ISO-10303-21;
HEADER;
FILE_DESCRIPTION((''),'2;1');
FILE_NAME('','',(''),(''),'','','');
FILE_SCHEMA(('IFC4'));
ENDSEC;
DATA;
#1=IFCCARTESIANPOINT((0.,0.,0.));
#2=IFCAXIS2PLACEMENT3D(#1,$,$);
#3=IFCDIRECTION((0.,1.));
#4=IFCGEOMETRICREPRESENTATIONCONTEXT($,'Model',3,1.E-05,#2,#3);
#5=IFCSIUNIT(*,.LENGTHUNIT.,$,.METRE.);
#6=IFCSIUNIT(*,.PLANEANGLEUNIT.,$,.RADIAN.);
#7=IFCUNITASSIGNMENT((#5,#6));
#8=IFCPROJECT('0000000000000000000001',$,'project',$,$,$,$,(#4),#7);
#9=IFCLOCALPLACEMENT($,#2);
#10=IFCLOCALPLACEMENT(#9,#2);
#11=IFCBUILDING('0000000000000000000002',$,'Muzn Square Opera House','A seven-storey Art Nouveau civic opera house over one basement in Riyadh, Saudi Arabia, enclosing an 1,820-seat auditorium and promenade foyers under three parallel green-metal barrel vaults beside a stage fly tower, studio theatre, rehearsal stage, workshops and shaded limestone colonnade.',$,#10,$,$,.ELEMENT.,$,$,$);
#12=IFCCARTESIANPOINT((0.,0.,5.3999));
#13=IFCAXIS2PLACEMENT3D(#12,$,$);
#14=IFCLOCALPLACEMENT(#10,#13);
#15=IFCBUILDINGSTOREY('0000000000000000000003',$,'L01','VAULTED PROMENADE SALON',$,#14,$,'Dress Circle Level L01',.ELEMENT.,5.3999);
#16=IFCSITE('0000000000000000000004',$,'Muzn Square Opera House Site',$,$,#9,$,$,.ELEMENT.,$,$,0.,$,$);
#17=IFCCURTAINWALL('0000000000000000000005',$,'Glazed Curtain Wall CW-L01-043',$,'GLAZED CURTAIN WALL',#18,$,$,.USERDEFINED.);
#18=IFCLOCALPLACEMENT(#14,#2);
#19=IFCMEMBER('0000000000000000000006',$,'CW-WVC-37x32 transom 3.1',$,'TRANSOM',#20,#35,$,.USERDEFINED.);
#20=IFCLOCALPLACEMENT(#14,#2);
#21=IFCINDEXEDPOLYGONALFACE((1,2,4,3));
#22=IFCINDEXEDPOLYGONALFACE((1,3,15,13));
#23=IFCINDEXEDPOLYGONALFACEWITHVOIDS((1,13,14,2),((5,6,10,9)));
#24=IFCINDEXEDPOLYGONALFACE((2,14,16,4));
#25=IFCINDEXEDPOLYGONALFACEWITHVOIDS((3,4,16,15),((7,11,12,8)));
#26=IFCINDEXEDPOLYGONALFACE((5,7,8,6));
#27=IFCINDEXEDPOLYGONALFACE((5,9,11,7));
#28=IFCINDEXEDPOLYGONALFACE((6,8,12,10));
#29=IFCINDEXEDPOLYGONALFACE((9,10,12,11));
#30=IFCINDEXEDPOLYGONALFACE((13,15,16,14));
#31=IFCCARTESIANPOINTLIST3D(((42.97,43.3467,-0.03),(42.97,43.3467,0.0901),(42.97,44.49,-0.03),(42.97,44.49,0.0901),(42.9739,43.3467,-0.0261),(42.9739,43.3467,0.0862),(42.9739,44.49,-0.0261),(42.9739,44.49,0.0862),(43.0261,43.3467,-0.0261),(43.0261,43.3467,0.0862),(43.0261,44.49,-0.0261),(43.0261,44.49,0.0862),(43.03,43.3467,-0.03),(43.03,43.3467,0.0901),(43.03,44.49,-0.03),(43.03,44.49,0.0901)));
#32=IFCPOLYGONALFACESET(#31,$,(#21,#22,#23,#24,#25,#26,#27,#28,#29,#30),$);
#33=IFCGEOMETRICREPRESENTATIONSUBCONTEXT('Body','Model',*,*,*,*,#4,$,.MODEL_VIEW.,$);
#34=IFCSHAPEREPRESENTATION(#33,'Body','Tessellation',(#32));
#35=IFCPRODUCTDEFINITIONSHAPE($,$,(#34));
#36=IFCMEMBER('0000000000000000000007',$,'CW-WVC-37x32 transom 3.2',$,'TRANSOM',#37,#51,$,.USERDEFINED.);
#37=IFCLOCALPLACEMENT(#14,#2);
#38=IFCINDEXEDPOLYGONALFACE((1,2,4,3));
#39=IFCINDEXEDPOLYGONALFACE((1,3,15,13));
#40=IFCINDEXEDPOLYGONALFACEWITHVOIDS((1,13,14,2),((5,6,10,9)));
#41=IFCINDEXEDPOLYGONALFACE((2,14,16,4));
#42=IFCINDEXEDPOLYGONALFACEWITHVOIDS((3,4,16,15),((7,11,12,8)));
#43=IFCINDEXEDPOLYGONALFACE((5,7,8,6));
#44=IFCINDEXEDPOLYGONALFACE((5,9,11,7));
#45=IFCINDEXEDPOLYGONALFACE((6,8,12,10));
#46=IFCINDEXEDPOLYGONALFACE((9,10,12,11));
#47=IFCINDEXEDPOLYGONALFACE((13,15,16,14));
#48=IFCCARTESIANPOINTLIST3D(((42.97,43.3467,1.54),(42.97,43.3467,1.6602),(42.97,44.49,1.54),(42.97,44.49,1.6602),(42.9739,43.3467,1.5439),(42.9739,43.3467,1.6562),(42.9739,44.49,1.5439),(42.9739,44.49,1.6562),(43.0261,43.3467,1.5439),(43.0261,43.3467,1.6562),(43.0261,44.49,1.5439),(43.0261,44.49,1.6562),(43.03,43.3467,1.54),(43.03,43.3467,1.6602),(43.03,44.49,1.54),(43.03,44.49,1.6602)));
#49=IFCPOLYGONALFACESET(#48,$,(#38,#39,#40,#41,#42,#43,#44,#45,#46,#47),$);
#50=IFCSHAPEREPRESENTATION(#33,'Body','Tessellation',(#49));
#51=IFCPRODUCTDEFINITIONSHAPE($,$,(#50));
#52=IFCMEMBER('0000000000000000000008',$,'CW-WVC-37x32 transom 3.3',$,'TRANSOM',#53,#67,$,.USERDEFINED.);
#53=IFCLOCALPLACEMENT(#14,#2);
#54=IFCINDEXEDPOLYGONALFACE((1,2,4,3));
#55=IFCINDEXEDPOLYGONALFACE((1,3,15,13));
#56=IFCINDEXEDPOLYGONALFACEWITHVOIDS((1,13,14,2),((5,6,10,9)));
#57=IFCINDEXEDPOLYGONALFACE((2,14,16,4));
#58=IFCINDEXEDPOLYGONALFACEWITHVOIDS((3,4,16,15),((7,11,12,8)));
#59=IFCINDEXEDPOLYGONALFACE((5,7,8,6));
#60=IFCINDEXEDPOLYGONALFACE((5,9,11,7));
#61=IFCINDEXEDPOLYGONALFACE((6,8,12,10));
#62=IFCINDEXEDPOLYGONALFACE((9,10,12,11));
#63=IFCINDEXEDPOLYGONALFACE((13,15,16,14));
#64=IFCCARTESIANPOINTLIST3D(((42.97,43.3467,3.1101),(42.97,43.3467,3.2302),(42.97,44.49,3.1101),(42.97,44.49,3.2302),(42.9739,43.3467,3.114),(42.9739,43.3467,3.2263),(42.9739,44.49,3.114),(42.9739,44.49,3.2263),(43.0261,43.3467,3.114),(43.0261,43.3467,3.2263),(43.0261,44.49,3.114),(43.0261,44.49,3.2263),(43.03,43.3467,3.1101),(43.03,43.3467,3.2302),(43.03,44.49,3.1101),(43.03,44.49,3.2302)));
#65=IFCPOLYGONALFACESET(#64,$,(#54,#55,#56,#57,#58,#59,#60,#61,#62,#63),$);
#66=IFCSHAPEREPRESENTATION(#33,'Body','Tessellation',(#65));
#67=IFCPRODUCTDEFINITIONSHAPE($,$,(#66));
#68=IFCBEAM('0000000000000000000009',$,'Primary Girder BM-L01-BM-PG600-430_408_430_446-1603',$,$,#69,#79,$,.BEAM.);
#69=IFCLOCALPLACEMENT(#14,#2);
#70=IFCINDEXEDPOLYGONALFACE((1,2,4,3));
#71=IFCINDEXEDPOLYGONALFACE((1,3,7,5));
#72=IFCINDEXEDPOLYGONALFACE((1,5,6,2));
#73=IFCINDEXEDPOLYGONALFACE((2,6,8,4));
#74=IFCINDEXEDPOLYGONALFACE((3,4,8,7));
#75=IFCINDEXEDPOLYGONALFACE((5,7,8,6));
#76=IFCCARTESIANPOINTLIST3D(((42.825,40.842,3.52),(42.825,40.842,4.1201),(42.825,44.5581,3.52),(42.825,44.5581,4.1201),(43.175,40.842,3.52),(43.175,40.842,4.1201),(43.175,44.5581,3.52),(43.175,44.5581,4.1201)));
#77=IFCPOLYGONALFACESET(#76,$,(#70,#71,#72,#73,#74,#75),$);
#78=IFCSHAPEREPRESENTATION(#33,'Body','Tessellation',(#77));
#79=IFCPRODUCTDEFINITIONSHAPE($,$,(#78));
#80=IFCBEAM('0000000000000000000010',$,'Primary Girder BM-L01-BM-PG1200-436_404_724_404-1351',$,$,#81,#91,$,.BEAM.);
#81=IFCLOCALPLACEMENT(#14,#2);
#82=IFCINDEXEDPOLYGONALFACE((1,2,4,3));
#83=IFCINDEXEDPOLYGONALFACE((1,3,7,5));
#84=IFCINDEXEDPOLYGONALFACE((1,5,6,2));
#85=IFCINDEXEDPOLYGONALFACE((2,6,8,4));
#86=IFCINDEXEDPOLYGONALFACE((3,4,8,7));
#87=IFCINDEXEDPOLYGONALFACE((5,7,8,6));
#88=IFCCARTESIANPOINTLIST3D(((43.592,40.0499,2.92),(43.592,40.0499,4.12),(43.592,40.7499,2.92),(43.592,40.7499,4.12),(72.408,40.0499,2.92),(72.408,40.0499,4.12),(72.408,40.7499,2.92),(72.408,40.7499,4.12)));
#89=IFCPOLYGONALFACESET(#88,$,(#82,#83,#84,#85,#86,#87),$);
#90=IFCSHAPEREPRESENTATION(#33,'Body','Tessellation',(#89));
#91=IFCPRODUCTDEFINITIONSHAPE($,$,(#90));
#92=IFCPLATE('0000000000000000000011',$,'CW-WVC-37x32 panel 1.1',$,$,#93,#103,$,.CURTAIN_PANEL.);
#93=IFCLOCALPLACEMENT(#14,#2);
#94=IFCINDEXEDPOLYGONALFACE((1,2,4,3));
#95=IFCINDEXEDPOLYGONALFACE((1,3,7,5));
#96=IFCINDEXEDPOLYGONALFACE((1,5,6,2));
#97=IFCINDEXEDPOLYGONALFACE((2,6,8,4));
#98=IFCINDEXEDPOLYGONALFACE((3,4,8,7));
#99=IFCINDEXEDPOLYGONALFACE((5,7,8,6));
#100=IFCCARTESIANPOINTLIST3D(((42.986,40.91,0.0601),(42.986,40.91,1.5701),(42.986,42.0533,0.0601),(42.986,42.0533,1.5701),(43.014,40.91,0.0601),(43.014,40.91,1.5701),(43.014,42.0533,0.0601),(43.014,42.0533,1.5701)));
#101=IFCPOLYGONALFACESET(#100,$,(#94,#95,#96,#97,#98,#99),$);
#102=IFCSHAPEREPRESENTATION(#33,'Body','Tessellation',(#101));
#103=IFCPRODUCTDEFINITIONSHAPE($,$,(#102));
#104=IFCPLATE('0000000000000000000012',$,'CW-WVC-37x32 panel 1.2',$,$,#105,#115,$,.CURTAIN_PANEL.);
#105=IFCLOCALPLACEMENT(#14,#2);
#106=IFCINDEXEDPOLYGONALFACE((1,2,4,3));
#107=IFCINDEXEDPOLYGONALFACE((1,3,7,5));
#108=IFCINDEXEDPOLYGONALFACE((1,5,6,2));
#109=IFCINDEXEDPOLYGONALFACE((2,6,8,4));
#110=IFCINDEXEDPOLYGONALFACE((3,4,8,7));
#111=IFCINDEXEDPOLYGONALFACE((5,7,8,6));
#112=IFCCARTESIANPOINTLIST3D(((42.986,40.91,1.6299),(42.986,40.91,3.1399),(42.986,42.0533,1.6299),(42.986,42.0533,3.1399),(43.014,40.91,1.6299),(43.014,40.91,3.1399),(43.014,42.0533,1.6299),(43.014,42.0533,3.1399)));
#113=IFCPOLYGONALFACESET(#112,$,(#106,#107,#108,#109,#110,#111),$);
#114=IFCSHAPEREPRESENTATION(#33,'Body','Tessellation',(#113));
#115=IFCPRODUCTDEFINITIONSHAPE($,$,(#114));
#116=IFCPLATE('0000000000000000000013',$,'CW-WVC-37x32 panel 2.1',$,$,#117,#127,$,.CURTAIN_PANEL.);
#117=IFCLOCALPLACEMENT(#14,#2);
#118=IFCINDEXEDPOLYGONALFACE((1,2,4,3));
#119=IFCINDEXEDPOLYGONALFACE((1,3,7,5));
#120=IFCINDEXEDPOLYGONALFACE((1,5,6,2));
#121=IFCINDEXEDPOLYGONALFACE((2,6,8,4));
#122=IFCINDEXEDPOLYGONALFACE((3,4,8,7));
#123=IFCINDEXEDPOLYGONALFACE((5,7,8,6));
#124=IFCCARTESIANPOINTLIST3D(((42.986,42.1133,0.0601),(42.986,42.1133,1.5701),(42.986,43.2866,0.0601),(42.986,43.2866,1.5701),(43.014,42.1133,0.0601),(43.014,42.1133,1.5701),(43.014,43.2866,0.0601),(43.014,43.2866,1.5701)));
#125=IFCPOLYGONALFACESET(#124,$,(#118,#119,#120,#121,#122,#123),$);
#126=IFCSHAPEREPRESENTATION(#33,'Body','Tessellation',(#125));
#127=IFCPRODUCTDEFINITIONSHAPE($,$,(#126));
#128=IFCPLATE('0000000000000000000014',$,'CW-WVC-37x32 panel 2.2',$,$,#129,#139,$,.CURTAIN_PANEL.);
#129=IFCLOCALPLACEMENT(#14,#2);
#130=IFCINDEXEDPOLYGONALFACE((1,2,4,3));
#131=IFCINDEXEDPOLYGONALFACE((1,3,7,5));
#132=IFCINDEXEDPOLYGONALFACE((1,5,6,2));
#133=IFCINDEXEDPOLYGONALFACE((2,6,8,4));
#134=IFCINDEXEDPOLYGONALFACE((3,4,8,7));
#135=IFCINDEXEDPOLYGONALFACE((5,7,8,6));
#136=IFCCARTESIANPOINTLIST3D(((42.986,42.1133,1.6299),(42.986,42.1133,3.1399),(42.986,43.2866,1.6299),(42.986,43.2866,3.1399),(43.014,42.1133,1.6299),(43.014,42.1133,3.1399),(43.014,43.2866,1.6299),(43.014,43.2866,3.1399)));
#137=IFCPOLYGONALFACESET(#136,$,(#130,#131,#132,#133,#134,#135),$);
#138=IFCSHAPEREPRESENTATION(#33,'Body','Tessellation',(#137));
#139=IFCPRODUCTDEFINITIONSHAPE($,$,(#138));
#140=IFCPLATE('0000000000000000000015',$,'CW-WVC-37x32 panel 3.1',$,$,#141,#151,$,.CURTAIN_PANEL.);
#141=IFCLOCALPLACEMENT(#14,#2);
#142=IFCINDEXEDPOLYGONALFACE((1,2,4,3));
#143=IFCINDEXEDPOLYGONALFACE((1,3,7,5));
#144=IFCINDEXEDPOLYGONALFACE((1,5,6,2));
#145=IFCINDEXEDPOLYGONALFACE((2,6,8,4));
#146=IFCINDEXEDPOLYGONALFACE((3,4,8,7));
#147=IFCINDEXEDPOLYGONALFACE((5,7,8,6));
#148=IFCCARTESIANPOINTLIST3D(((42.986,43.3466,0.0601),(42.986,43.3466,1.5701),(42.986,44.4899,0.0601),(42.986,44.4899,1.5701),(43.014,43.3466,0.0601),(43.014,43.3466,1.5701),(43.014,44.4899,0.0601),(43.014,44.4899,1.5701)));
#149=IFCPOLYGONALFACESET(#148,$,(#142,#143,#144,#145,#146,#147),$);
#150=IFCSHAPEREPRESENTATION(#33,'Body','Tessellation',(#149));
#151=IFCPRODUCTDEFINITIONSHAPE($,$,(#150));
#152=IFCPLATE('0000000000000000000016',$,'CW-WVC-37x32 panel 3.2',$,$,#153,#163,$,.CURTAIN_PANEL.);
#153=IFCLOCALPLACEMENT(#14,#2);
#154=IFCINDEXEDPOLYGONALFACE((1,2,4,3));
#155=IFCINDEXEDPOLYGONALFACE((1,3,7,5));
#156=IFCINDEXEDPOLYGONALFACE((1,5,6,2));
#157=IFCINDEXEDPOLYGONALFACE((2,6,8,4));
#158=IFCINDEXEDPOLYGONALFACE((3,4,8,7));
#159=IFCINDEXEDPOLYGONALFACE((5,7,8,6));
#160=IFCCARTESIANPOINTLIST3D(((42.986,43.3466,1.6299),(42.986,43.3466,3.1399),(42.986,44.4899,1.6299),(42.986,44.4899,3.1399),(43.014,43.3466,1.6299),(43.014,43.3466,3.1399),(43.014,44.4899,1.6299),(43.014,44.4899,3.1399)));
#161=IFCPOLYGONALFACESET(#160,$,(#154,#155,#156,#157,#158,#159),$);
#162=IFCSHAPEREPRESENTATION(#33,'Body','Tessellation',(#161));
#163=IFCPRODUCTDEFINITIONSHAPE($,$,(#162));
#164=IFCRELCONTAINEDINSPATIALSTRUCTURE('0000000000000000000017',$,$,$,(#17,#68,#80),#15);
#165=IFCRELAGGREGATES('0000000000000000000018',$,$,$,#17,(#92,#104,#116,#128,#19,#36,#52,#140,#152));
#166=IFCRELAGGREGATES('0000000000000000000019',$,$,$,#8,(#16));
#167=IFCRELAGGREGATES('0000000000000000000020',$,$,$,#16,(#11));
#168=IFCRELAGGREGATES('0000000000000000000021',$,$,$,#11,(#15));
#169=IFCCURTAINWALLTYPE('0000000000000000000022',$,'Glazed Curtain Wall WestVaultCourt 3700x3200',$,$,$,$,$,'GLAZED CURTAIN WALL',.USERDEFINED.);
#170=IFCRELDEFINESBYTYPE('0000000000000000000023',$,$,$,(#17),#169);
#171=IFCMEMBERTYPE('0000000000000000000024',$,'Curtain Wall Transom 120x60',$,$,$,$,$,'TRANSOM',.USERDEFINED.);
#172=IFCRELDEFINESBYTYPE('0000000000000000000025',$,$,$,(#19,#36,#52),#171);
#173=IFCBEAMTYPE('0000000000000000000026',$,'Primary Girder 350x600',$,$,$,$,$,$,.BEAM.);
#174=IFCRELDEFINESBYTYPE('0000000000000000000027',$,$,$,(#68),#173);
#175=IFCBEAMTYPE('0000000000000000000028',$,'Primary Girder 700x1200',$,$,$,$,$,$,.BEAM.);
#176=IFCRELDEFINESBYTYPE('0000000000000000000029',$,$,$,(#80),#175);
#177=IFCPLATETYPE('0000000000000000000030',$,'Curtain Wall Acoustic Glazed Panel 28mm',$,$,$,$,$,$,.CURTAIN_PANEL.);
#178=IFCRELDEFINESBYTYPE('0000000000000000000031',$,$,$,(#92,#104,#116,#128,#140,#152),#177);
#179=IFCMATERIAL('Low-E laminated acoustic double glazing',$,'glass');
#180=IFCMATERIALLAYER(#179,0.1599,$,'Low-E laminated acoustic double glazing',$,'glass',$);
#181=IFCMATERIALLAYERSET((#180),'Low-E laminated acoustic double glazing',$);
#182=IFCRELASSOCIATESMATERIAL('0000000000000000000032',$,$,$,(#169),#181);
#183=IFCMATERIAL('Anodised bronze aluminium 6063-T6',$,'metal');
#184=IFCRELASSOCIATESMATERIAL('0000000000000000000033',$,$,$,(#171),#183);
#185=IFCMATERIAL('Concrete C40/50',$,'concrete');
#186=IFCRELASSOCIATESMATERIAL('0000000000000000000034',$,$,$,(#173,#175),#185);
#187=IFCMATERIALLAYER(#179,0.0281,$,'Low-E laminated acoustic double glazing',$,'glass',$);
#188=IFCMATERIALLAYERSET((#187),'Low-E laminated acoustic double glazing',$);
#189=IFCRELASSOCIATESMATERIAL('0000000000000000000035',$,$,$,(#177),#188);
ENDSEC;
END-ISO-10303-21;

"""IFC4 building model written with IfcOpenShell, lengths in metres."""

from ifc_helpers import new_model, si_unit, direction, frame, origin, origin_2d, place, context, subcontext, project, spatial, rectangle, hollow_rectangle, extrude, material, layer, layer_set, material_profile, profile_set, type_object, element, aggregate, save


model = new_model("IFC4")

# Units and contexts
model_context = context("Model", 3, precision=1e-05, world=origin(), true_north=direction((0.0, 1.0)))
body_context = subcontext(model_context, "Body", "Model", "MODEL_VIEW")
ifc_project = project(units=[si_unit("LENGTHUNIT", "METRE"), si_unit("PLANEANGLEUNIT", "RADIAN")], contexts=[model_context])

# Site, building, storey
site_placement = place(None, origin())
site = spatial("IfcSite", under=ifc_project, at=site_placement, Name="Muzn Square Opera House Site", CompositionType="ELEMENT", RefElevation=0.0)
building_placement = place(site_placement, origin())
building = spatial("IfcBuilding", under=site, at=building_placement, Name="Muzn Square Opera House", Description="A seven-storey Art Nouveau civic opera house over one basement in Riyadh, Saudi Arabia, enclosing an 1,820-seat auditorium and promenade foyers under three parallel green-metal barrel vaults beside a stage fly tower, studio theatre, rehearsal stage, workshops and shaded limestone colonnade.", CompositionType="ELEMENT")
storey_placement = place(building_placement, frame((0.0, 0.0, 5.3999)))
storey = spatial("IfcBuildingStorey", under=building, at=storey_placement, Name="L01", Description="VAULTED PROMENADE SALON", LongName="Dress Circle Level L01", CompositionType="ELEMENT", Elevation=5.3999)

# Curtain wall, members
ifc_material_1 = material(Name="Low-E laminated acoustic double glazing", Category="glass")
ifc_layer_1 = layer(ifc_material_1, 0.1599, Name="Low-E laminated acoustic double glazing", Category="glass")
ifc_layer_set_1 = layer_set([ifc_layer_1], Name="Low-E laminated acoustic double glazing")
curtain_wall_type = type_object("IfcCurtainWallType", Name="Glazed Curtain Wall WestVaultCourt 3700x3200", ElementType="GLAZED CURTAIN WALL", PredefinedType="USERDEFINED", material=ifc_layer_set_1)
curtain_wall_placement = place(storey_placement, origin())
curtain_wall = element("IfcCurtainWall", 1, at=curtain_wall_placement, inside=storey, type_object=curtain_wall_type, Name="Glazed Curtain Wall CW-L01-043", ObjectType="GLAZED CURTAIN WALL", PredefinedType="USERDEFINED")
ifc_material_2 = material(Name="Anodised bronze aluminium 6063-T6", Category="metal")
ifc_material_profile_1 = material_profile(ifc_material_2, hollow_rectangle(XDim=0.0601, YDim=0.1201, WallThickness=0.0039, at=origin_2d()), Name="ALU 120x60x4", Category="metal")
ifc_profile_set_1 = profile_set([ifc_material_profile_1], Name="Anodised bronze aluminium 6063-T6")
member_type_1 = type_object("IfcMemberType", Name="Curtain Wall Transom 120x60", ElementType="TRANSOM", PredefinedType="USERDEFINED", material=ifc_profile_set_1)
member_1_placement = place(storey_placement, frame((43.0, 43.3467, 0.03), z_axis=(0.0, 1.0, 0.0), x_axis=(-1.0, 0.0, 0.0)))
member_1 = element("IfcMember", 2, at=member_1_placement, type_object=member_type_1, Name="CW-WVC-37x32 transom 3.1", ObjectType="TRANSOM", PredefinedType="USERDEFINED", context=body_context, shape_type="SweptSolid", body=[
    extrude(hollow_rectangle(XDim=0.0601, YDim=0.1201, WallThickness=0.0039, at=origin_2d()), origin(), (0.0, 0.0, 1.0), 1.1433),
])
member_2_placement = place(storey_placement, frame((43.0, 43.3467, 1.6001), z_axis=(0.0, 1.0, 0.0), x_axis=(-1.0, 0.0, 0.0)))
member_2 = element("IfcMember", 3, at=member_2_placement, type_object=member_type_1, Name="CW-WVC-37x32 transom 3.2", ObjectType="TRANSOM", PredefinedType="USERDEFINED", context=body_context, shape_type="SweptSolid", body=[
    extrude(hollow_rectangle(XDim=0.0601, YDim=0.1201, WallThickness=0.0039, at=origin_2d()), origin(), (0.0, 0.0, 1.0), 1.1433),
])
member_3_placement = place(storey_placement, frame((43.0, 43.3467, 3.1702), z_axis=(0.0, 1.0, 0.0), x_axis=(-1.0, 0.0, 0.0)))
member_3 = element("IfcMember", 4, at=member_3_placement, type_object=member_type_1, Name="CW-WVC-37x32 transom 3.3", ObjectType="TRANSOM", PredefinedType="USERDEFINED", context=body_context, shape_type="SweptSolid", body=[
    extrude(hollow_rectangle(XDim=0.0601, YDim=0.1201, WallThickness=0.0039, at=origin_2d()), origin(), (0.0, 0.0, 1.0), 1.1433),
])

# Beams
ifc_material_3 = material(Name="Concrete C40/50", Category="concrete")
ifc_material_profile_2 = material_profile(ifc_material_3, rectangle(XDim=0.3501, YDim=0.6001, at=origin_2d()), Name="RCB 350x600", Category="concrete")
ifc_profile_set_2 = profile_set([ifc_material_profile_2], Name="Concrete C40/50")
beam_type_1 = type_object("IfcBeamType", Name="Primary Girder 350x600", PredefinedType="BEAM", material=ifc_profile_set_2)
beam_1_placement = place(storey_placement, frame((43.0, 40.842, 3.8201), z_axis=(0.0, 1.0, 0.0), x_axis=(-1.0, 0.0, 0.0)))
element("IfcBeam", 5, at=beam_1_placement, inside=storey, type_object=beam_type_1, Name="Primary Girder BM-L01-BM-PG600-430_408_430_446-1603", PredefinedType="BEAM", context=body_context, shape_type="SweptSolid", body=[
    extrude(rectangle(XDim=0.3501, YDim=0.6001, at=origin_2d()), origin(), (0.0, 0.0, 1.0), 3.7161),
])
ifc_material_profile_3 = material_profile(ifc_material_3, rectangle(XDim=0.7, YDim=1.2, at=origin_2d()), Name="RCB 700x1200", Category="concrete")
ifc_profile_set_3 = profile_set([ifc_material_profile_3], Name="Concrete C40/50")
beam_type_2 = type_object("IfcBeamType", Name="Primary Girder 700x1200", PredefinedType="BEAM", material=ifc_profile_set_3)
beam_2_placement = place(storey_placement, frame((43.592, 40.3999, 3.52), z_axis=(1.0, 0.0, 0.0), x_axis=(0.0, 1.0, 0.0)))
element("IfcBeam", 6, at=beam_2_placement, inside=storey, type_object=beam_type_2, Name="Primary Girder BM-L01-BM-PG1200-436_404_724_404-1351", PredefinedType="BEAM", context=body_context, shape_type="SweptSolid", body=[
    extrude(rectangle(XDim=0.7, YDim=1.2, at=origin_2d()), origin(), (0.0, 0.0, 1.0), 28.8159),
])

# Plates
ifc_layer_2 = layer(ifc_material_1, 0.0281, Name="Low-E laminated acoustic double glazing", Category="glass")
ifc_layer_set_2 = layer_set([ifc_layer_2], Name="Low-E laminated acoustic double glazing")
plate_type = type_object("IfcPlateType", Name="Curtain Wall Acoustic Glazed Panel 28mm", PredefinedType="CURTAIN_PANEL", material=ifc_layer_set_2)
plate_1_placement = place(storey_placement, frame((43.0, 41.4817, 0.0601), z_axis=(0.0, 0.0, 1.0), x_axis=(0.0, 1.0, 0.0)))
plate_1 = element("IfcPlate", 7, at=plate_1_placement, type_object=plate_type, Name="CW-WVC-37x32 panel 1.1", PredefinedType="CURTAIN_PANEL", context=body_context, shape_type="SweptSolid", body=[
    extrude(rectangle(XDim=1.1433, YDim=0.0281, at=origin_2d()), origin(), (0.0, 0.0, 1.0), 1.51),
])
plate_2_placement = place(storey_placement, frame((43.0, 41.4817, 1.6299), z_axis=(0.0, 0.0, 1.0), x_axis=(0.0, 1.0, 0.0)))
plate_2 = element("IfcPlate", 8, at=plate_2_placement, type_object=plate_type, Name="CW-WVC-37x32 panel 1.2", PredefinedType="CURTAIN_PANEL", context=body_context, shape_type="SweptSolid", body=[
    extrude(rectangle(XDim=1.1433, YDim=0.0281, at=origin_2d()), origin(), (0.0, 0.0, 1.0), 1.51),
])
plate_3_placement = place(storey_placement, frame((43.0, 42.7, 0.0601), z_axis=(0.0, 0.0, 1.0), x_axis=(0.0, 1.0, 0.0)))
plate_3 = element("IfcPlate", 9, at=plate_3_placement, type_object=plate_type, Name="CW-WVC-37x32 panel 2.1", PredefinedType="CURTAIN_PANEL", context=body_context, shape_type="SweptSolid", body=[
    extrude(rectangle(XDim=1.1733, YDim=0.0281, at=origin_2d()), origin(), (0.0, 0.0, 1.0), 1.51),
])
plate_4_placement = place(storey_placement, frame((43.0, 42.7, 1.6299), z_axis=(0.0, 0.0, 1.0), x_axis=(0.0, 1.0, 0.0)))
plate_4 = element("IfcPlate", 10, at=plate_4_placement, type_object=plate_type, Name="CW-WVC-37x32 panel 2.2", PredefinedType="CURTAIN_PANEL", context=body_context, shape_type="SweptSolid", body=[
    extrude(rectangle(XDim=1.1733, YDim=0.0281, at=origin_2d()), origin(), (0.0, 0.0, 1.0), 1.51),
])
plate_5_placement = place(storey_placement, frame((43.0, 43.9182, 0.0601), z_axis=(0.0, 0.0, 1.0), x_axis=(0.0, 1.0, 0.0)))
plate_5 = element("IfcPlate", 11, at=plate_5_placement, type_object=plate_type, Name="CW-WVC-37x32 panel 3.1", PredefinedType="CURTAIN_PANEL", context=body_context, shape_type="SweptSolid", body=[
    extrude(rectangle(XDim=1.1433, YDim=0.0281, at=origin_2d()), origin(), (0.0, 0.0, 1.0), 1.51),
])
plate_6_placement = place(storey_placement, frame((43.0, 43.9182, 1.6299), z_axis=(0.0, 0.0, 1.0), x_axis=(0.0, 1.0, 0.0)))
plate_6 = element("IfcPlate", 12, at=plate_6_placement, type_object=plate_type, Name="CW-WVC-37x32 panel 3.2", PredefinedType="CURTAIN_PANEL", context=body_context, shape_type="SweptSolid", body=[
    extrude(rectangle(XDim=1.1433, YDim=0.0281, at=origin_2d()), origin(), (0.0, 0.0, 1.0), 1.51),
])
aggregate(curtain_wall, [plate_1, plate_2, plate_3, plate_4, member_1, member_2, member_3, plate_5, plate_6])

save(model, "model.ifc")
